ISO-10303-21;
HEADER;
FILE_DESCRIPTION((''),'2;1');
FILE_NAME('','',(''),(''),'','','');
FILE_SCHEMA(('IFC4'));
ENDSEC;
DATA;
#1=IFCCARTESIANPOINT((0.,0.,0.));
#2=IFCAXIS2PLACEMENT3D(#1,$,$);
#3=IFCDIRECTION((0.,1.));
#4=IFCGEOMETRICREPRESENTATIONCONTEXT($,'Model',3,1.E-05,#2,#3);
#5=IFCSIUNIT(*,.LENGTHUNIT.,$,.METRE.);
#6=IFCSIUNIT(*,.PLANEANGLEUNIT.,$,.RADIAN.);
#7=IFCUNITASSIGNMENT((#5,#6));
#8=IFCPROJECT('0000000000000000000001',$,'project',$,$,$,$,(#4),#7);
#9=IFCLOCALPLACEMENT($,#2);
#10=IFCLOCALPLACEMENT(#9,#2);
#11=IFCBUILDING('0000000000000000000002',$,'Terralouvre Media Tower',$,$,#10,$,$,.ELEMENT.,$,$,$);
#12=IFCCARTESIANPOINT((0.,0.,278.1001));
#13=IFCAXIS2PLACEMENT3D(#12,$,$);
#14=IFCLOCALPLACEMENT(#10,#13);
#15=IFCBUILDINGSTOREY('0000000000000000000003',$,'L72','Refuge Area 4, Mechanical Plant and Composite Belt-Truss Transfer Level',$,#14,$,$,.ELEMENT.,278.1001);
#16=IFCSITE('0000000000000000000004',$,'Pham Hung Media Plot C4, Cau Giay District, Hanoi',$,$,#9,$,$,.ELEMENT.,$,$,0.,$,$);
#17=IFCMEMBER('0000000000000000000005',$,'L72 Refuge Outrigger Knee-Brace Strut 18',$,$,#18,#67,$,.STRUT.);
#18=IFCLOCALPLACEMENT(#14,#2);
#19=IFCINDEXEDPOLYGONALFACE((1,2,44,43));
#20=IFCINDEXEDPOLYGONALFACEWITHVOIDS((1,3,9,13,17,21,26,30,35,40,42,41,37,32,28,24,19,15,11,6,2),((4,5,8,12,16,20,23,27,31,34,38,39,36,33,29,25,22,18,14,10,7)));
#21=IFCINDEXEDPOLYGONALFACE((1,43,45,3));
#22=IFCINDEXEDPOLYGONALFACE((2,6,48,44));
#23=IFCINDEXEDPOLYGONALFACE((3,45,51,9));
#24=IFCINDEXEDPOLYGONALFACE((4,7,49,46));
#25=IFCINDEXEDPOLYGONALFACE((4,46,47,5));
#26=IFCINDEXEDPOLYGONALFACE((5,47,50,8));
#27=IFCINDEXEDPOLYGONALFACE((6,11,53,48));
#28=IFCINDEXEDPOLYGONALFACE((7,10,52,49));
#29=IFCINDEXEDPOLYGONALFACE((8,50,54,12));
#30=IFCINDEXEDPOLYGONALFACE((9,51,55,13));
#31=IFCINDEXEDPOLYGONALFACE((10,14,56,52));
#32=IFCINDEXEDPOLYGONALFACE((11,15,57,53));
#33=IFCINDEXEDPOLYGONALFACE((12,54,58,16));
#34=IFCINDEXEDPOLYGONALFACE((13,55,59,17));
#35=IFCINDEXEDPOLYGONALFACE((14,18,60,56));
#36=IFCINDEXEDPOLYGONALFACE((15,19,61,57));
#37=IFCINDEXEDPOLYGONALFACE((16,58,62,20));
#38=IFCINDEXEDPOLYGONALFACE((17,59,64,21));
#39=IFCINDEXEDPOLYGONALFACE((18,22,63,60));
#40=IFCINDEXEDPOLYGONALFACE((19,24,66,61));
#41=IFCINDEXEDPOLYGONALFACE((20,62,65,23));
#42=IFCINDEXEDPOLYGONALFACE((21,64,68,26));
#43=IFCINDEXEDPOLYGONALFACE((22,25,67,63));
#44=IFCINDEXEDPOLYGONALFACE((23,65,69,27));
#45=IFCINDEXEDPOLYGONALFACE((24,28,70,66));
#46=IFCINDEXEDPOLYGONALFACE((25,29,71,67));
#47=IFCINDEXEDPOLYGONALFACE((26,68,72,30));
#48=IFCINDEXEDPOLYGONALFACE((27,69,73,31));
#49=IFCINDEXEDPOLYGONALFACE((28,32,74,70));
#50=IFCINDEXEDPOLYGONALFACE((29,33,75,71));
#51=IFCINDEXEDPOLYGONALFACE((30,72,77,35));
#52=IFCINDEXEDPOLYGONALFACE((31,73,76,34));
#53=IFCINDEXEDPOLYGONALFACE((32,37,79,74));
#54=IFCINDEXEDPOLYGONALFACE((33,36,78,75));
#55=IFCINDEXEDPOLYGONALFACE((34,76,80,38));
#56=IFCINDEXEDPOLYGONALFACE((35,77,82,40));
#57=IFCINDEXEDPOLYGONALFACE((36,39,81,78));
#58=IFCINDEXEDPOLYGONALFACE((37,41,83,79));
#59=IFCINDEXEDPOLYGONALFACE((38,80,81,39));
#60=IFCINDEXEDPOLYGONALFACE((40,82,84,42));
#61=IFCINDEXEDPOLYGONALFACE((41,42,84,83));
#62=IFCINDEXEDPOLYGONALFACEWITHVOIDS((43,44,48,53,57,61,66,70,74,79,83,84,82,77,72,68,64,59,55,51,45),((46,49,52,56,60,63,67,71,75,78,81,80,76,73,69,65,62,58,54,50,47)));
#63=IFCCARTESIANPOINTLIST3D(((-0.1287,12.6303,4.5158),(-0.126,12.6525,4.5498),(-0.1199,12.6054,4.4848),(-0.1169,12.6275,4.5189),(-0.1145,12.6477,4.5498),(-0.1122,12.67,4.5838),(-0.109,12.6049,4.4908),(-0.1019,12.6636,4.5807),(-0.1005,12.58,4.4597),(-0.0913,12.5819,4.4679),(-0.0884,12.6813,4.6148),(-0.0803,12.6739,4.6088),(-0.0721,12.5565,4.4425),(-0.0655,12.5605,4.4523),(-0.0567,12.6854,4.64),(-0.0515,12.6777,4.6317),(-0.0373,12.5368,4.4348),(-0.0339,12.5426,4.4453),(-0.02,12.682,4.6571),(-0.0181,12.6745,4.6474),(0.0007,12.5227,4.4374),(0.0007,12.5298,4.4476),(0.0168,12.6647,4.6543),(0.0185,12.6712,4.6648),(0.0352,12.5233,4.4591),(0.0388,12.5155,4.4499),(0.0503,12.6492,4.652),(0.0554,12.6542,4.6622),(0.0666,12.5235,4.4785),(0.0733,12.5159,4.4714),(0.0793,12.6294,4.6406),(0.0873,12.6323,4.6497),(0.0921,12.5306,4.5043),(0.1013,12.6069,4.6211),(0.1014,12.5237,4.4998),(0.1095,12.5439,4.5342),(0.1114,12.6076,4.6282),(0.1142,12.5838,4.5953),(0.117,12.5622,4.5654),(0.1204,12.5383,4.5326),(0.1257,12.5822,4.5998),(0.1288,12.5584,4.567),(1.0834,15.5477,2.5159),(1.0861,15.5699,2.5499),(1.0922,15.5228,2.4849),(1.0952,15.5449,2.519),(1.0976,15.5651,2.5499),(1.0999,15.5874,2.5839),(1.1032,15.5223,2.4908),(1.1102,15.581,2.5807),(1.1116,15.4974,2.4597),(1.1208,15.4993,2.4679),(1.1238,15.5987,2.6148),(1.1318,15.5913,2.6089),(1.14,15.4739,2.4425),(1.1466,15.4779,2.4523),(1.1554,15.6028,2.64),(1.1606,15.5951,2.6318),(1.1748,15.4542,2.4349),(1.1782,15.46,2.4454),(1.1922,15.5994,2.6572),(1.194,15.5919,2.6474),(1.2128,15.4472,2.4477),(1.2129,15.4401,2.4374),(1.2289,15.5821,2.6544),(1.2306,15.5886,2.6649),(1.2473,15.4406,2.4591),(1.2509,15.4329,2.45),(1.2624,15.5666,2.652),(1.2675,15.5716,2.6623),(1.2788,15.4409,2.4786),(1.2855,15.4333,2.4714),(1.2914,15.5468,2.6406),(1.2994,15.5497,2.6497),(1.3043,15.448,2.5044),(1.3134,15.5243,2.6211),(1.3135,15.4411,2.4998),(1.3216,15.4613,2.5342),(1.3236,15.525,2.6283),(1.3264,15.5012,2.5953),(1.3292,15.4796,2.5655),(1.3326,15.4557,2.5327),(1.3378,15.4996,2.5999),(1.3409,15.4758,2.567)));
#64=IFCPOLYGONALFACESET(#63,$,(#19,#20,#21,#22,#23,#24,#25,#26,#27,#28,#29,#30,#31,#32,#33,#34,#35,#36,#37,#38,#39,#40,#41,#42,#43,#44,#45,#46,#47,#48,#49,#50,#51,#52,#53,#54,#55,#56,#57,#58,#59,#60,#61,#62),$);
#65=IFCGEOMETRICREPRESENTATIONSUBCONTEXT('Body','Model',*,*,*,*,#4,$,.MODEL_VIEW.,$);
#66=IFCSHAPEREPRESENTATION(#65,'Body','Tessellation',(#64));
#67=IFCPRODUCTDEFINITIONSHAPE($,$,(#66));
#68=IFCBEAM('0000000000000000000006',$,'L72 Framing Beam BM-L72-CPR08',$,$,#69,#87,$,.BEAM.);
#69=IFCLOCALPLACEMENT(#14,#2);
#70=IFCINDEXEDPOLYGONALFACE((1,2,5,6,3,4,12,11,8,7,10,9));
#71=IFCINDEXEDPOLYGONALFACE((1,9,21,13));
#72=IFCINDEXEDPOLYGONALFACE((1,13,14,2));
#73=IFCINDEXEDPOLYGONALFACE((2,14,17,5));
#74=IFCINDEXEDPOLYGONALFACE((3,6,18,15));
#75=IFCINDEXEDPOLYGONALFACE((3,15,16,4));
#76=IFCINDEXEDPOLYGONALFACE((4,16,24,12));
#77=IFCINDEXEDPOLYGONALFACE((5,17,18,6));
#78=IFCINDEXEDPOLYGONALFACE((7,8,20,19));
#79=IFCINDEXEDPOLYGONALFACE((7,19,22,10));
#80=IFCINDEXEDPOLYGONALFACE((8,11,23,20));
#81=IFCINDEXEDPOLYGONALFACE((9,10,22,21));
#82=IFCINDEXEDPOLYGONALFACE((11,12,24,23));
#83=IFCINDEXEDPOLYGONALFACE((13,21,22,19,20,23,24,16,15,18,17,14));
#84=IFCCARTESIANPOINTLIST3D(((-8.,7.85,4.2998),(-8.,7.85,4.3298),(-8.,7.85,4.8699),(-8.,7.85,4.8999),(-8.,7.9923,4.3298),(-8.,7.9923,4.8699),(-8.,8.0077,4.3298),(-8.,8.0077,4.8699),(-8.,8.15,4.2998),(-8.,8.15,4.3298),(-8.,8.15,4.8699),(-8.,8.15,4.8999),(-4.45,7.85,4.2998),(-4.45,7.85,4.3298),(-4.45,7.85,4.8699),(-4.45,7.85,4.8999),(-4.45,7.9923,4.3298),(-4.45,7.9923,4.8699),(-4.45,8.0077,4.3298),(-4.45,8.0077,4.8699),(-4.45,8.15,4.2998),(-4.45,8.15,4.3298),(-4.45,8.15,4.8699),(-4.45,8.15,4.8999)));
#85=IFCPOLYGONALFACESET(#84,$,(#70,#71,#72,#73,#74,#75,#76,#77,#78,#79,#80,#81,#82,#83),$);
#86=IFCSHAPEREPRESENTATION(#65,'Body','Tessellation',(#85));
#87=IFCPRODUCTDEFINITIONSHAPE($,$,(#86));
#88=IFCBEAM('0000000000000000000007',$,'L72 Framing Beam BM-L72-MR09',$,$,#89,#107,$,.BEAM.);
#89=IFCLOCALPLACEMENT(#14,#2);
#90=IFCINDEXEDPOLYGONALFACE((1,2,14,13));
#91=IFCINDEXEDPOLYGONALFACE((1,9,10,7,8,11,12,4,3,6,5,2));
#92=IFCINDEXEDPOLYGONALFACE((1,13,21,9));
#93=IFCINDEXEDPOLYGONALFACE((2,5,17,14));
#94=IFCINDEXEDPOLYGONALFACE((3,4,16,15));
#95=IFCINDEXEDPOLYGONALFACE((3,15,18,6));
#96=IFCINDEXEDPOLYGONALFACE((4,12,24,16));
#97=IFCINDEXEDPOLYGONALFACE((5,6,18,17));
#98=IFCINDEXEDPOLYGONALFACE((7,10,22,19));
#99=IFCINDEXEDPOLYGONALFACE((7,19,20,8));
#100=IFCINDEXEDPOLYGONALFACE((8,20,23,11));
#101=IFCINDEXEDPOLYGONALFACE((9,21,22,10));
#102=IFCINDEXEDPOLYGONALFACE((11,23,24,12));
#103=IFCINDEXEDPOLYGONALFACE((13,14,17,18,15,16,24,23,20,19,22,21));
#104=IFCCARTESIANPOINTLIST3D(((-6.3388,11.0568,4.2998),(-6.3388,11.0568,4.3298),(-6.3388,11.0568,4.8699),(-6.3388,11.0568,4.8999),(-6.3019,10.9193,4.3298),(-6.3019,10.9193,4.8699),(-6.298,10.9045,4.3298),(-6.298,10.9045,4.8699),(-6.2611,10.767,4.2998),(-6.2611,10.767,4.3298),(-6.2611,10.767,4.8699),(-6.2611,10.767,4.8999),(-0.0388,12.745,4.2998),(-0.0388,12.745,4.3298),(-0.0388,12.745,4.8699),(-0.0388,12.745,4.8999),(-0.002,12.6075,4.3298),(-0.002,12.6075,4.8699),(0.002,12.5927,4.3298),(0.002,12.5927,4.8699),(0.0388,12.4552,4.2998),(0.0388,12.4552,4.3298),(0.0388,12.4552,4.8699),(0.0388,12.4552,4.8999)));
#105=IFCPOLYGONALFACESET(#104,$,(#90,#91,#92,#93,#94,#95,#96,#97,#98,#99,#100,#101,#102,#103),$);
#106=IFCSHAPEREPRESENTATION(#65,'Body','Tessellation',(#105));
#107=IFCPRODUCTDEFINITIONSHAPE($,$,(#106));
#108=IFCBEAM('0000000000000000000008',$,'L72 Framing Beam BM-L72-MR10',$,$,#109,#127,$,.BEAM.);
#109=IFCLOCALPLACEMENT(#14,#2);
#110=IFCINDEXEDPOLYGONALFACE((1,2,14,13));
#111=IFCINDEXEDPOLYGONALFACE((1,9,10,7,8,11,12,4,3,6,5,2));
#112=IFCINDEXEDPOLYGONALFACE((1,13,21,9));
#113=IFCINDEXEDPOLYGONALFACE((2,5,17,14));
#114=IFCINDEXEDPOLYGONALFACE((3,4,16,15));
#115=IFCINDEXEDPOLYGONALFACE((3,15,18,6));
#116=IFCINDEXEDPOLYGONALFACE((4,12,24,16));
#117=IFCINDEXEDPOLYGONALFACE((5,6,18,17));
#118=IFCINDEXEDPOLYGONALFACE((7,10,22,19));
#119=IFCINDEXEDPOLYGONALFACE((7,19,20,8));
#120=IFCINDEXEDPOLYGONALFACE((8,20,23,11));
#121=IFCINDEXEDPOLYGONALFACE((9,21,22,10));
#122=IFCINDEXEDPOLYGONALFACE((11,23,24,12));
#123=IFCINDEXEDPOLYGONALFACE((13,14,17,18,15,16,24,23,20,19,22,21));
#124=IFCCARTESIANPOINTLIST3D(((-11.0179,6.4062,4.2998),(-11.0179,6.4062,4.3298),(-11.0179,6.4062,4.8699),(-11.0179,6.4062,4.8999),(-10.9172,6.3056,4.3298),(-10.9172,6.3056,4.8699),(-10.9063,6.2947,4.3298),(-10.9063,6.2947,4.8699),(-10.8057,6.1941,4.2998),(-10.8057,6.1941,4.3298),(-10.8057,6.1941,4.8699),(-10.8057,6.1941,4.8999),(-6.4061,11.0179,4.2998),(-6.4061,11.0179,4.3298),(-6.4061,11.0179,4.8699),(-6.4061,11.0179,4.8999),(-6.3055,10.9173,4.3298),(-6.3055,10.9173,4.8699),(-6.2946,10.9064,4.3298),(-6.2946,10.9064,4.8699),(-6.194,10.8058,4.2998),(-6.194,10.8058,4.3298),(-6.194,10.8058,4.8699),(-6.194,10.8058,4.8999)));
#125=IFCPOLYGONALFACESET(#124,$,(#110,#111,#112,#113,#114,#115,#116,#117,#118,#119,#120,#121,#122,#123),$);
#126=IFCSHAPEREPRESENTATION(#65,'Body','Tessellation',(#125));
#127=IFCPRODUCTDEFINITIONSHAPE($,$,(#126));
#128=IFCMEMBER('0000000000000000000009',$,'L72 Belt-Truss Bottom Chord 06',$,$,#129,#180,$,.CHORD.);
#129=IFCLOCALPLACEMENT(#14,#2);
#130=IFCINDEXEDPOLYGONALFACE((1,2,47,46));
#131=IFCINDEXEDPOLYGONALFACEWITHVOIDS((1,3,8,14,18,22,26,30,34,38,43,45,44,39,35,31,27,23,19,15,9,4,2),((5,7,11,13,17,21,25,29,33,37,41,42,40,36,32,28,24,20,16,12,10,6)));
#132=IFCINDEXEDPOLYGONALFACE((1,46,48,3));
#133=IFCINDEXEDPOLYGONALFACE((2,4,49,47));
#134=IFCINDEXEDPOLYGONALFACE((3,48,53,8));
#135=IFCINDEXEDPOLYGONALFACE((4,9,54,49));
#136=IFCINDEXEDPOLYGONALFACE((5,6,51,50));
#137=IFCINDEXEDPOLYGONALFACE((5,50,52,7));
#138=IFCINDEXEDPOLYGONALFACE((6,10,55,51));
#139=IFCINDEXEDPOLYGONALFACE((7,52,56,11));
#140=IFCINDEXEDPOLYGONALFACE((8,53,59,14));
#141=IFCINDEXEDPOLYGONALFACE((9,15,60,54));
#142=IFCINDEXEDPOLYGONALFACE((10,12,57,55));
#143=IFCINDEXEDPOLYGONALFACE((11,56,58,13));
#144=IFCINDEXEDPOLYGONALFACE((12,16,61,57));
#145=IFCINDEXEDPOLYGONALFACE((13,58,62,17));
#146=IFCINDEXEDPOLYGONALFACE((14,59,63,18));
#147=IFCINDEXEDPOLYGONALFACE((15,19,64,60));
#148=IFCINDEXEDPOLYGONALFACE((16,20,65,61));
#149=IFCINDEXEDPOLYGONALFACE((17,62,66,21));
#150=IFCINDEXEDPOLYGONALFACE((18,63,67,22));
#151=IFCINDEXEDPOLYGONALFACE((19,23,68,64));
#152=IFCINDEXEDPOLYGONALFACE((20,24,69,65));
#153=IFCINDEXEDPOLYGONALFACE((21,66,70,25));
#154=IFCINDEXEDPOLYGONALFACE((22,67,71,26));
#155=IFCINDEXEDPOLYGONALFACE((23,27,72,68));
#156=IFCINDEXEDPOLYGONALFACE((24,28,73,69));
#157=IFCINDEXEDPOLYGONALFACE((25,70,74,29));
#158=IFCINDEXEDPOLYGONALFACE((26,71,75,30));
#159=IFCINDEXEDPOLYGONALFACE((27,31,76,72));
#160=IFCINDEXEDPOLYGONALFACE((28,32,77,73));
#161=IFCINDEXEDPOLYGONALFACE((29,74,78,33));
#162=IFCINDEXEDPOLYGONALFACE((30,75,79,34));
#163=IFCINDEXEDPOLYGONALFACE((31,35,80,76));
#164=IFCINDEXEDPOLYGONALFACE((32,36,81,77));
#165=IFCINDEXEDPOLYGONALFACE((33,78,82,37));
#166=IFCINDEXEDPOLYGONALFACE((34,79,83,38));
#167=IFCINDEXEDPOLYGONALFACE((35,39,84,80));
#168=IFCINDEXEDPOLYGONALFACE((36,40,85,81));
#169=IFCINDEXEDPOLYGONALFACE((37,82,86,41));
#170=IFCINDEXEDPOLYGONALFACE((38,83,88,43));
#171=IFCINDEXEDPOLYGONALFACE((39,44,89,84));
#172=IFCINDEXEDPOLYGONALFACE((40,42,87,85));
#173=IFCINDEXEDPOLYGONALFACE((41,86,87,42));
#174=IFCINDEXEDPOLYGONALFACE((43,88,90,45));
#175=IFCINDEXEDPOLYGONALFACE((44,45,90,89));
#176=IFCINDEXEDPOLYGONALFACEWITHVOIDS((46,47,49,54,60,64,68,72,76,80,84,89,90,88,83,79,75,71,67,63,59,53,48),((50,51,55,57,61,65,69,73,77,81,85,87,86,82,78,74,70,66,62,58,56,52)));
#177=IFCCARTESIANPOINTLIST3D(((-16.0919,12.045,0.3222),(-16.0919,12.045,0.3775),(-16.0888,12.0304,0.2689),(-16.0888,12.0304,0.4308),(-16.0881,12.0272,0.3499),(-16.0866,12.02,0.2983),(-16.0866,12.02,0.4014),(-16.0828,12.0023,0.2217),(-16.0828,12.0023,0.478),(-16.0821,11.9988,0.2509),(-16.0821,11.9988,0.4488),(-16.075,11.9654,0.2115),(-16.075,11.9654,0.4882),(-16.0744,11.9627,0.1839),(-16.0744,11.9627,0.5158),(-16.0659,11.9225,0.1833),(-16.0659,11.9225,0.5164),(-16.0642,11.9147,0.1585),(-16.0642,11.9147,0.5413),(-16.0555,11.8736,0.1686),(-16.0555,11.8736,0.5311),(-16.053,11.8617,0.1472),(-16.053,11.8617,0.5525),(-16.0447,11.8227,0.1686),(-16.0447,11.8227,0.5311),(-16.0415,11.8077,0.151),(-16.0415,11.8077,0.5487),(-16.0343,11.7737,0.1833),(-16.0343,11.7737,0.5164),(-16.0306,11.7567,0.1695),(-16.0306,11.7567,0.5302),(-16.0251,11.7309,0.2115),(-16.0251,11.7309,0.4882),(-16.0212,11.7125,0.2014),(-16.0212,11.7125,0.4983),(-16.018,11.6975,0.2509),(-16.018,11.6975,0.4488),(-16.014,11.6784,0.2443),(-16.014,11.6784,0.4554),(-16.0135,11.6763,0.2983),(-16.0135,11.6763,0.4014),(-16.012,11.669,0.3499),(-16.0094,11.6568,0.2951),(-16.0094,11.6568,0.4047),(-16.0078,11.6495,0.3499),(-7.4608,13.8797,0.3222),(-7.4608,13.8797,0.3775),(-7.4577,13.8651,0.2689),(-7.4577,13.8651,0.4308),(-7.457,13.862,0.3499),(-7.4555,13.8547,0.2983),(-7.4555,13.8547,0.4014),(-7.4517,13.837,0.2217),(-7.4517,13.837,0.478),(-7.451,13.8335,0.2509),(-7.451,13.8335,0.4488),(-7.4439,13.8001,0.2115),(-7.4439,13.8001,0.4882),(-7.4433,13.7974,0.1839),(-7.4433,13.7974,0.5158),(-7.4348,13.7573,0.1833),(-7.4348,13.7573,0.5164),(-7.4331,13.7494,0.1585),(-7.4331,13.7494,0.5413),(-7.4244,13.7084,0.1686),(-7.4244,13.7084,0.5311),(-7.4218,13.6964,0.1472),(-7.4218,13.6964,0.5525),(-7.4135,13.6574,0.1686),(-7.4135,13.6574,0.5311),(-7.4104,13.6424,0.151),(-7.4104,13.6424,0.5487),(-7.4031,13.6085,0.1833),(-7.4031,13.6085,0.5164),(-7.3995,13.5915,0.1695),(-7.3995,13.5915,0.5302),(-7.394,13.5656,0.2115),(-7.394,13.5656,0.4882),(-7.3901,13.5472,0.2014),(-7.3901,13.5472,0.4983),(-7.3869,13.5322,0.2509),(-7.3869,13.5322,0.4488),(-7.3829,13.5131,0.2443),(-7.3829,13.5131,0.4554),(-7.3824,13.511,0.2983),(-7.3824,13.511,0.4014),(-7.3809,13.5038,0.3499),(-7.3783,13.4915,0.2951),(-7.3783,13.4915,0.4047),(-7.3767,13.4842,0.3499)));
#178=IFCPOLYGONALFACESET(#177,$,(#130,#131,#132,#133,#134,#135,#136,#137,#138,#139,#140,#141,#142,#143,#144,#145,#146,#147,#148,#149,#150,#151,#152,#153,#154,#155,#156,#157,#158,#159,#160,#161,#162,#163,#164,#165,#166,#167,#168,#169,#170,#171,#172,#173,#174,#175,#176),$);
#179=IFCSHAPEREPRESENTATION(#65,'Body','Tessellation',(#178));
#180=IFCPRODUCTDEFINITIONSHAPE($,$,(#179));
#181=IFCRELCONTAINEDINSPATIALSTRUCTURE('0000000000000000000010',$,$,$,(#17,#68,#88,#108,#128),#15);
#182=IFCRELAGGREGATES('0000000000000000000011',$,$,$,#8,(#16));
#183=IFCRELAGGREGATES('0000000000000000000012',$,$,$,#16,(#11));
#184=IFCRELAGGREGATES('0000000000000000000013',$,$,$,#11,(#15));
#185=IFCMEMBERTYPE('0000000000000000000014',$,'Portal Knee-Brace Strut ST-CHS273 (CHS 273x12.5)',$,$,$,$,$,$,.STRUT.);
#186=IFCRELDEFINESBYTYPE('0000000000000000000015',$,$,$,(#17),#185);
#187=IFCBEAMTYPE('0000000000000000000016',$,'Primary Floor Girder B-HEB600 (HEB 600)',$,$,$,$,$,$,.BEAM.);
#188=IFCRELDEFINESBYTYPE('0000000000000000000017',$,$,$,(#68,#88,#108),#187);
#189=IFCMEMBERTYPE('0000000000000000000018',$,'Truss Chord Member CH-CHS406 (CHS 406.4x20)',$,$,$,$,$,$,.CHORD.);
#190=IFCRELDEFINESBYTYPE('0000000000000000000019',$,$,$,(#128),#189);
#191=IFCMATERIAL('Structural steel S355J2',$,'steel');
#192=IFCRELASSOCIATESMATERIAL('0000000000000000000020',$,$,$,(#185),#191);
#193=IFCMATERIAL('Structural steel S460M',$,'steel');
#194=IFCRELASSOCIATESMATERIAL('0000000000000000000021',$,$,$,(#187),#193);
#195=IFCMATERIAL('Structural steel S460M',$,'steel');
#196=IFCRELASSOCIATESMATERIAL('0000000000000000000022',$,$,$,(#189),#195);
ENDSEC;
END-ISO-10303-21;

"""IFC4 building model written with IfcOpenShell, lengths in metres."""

from ifc_helpers import new_model, si_unit, direction, frame, origin, origin_2d, place, context, subcontext, project, spatial, hollow_circle, i_section, extrude, material, material_profile, profile_set, type_object, element, save


model = new_model("IFC4")

# Units and contexts
model_context = context("Model", 3, precision=1e-05, world=origin(), true_north=direction((0.0, 1.0)))
body_context = subcontext(model_context, "Body", "Model", "MODEL_VIEW")
ifc_project = project(units=[si_unit("LENGTHUNIT", "METRE"), si_unit("PLANEANGLEUNIT", "RADIAN")], contexts=[model_context])

# Site, building, storey
site_placement = place(None, origin())
site = spatial("IfcSite", under=ifc_project, at=site_placement, Name="Pham Hung Media Plot C4, Cau Giay District, Hanoi", CompositionType="ELEMENT", RefElevation=0.0)
building_placement = place(site_placement, origin())
building = spatial("IfcBuilding", under=site, at=building_placement, Name="Terralouvre Media Tower", CompositionType="ELEMENT")
storey_placement = place(building_placement, frame((0.0, 0.0, 278.1001)))
storey = spatial("IfcBuildingStorey", under=building, at=storey_placement, Name="L72", Description="Refuge Area 4, Mechanical Plant and Composite Belt-Truss Transfer Level", CompositionType="ELEMENT", Elevation=278.1001)

# Member
ifc_material_1 = material(Name="Structural steel S355J2", Category="steel")
ifc_material_profile_1 = material_profile(ifc_material_1, hollow_circle(Radius=0.1365, WallThickness=0.0125, at=origin_2d()), Name="CHS 273x12.5")
ifc_profile_set_1 = profile_set([ifc_material_profile_1], Name="Structural steel S355J2")
member_type_1 = type_object("IfcMemberType", Name="Portal Knee-Brace Strut ST-CHS273 (CHS 273x12.5)", PredefinedType="STRUT", material=ifc_profile_set_1)
member_1_placement = place(storey_placement, frame((0.0, 12.6001, 4.5498), z_axis=(0.324183, 0.780259, -0.534885), x_axis=(-0.923465, 0.383682, 0.0)))
element("IfcMember", 1, at=member_1_placement, inside=storey, type_object=member_type_1, Name="L72 Refuge Outrigger Knee-Brace Strut 18", PredefinedType="STRUT", context=body_context, shape_type="SweptSolid", body=[
    extrude(hollow_circle(Radius=0.1365, WallThickness=0.0125, at=origin_2d()), origin(), (0.0, 0.0, 1.0), 3.739),
])

# Beams
ifc_material_2 = material(Name="Structural steel S460M", Category="steel")
ifc_material_profile_2 = material_profile(ifc_material_2, i_section(OverallWidth=0.3, OverallDepth=0.6001, WebThickness=0.0154, FlangeThickness=0.03, at=origin_2d()), Name="HEB 600")
ifc_profile_set_2 = profile_set([ifc_material_profile_2], Name="Structural steel S460M")
beam_type_1 = type_object("IfcBeamType", Name="Primary Floor Girder B-HEB600 (HEB 600)", PredefinedType="BEAM", material=ifc_profile_set_2)
beam_1_placement = place(storey_placement, frame((-4.45, 8.0, 4.5999), z_axis=(-1.0, 0.0, 0.0), x_axis=(0.0, -1.0, 0.0)))
element("IfcBeam", 2, at=beam_1_placement, inside=storey, type_object=beam_type_1, Name="L72 Framing Beam BM-L72-CPR08", PredefinedType="BEAM", context=body_context, shape_type="SweptSolid", body=[
    extrude(i_section(OverallWidth=0.3, OverallDepth=0.6001, WebThickness=0.0154, FlangeThickness=0.03, at=origin_2d()), origin(), (0.0, 0.0, 1.0), 3.55),
])
beam_2_placement = place(storey_placement, frame((0.0, 12.6001, 4.5999), z_axis=(-0.96592, -0.258839, 0.0), x_axis=(0.258839, -0.96592, 0.0)))
element("IfcBeam", 3, at=beam_2_placement, inside=storey, type_object=beam_type_1, Name="L72 Framing Beam BM-L72-MR09", PredefinedType="BEAM", context=body_context, shape_type="SweptSolid", body=[
    extrude(i_section(OverallWidth=0.3, OverallDepth=0.6001, WebThickness=0.0154, FlangeThickness=0.03, at=origin_2d()), origin(), (0.0, 0.0, 1.0), 6.5222),
])
beam_3_placement = place(storey_placement, frame((-6.3, 10.9119, 4.5999), z_axis=(-0.707107, -0.707107, 0.0), x_axis=(0.707107, -0.707107, 0.0)))
element("IfcBeam", 4, at=beam_3_placement, inside=storey, type_object=beam_type_1, Name="L72 Framing Beam BM-L72-MR10", PredefinedType="BEAM", context=body_context, shape_type="SweptSolid", body=[
    extrude(i_section(OverallWidth=0.3, OverallDepth=0.6001, WebThickness=0.0154, FlangeThickness=0.03, at=origin_2d()), origin(), (0.0, 0.0, 1.0), 6.522),
])

# Member
ifc_material_3 = material(Name="Structural steel S460M", Category="steel")
ifc_material_profile_3 = material_profile(ifc_material_3, hollow_circle(Radius=0.2031, WallThickness=0.02, at=origin_2d()), Name="CHS 406.4x20")
ifc_profile_set_3 = profile_set([ifc_material_profile_3], Name="Structural steel S460M")
member_type_2 = type_object("IfcMemberType", Name="Truss Chord Member CH-CHS406 (CHS 406.4x20)", PredefinedType="CHORD", material=ifc_profile_set_3)
member_2_placement = place(storey_placement, frame((-7.4189, 13.6829, 0.3499), z_axis=(-0.978145, -0.207925, 0.0), x_axis=(0.207925, -0.978145, 0.0)))
element("IfcMember", 5, at=member_2_placement, inside=storey, type_object=member_type_2, Name="L72 Belt-Truss Bottom Chord 06", PredefinedType="CHORD", context=body_context, shape_type="SweptSolid", body=[
    extrude(hollow_circle(Radius=0.2031, WallThickness=0.02, at=origin_2d()), origin(), (0.0, 0.0, 1.0), 8.824),
])

save(model, "model.ifc")
